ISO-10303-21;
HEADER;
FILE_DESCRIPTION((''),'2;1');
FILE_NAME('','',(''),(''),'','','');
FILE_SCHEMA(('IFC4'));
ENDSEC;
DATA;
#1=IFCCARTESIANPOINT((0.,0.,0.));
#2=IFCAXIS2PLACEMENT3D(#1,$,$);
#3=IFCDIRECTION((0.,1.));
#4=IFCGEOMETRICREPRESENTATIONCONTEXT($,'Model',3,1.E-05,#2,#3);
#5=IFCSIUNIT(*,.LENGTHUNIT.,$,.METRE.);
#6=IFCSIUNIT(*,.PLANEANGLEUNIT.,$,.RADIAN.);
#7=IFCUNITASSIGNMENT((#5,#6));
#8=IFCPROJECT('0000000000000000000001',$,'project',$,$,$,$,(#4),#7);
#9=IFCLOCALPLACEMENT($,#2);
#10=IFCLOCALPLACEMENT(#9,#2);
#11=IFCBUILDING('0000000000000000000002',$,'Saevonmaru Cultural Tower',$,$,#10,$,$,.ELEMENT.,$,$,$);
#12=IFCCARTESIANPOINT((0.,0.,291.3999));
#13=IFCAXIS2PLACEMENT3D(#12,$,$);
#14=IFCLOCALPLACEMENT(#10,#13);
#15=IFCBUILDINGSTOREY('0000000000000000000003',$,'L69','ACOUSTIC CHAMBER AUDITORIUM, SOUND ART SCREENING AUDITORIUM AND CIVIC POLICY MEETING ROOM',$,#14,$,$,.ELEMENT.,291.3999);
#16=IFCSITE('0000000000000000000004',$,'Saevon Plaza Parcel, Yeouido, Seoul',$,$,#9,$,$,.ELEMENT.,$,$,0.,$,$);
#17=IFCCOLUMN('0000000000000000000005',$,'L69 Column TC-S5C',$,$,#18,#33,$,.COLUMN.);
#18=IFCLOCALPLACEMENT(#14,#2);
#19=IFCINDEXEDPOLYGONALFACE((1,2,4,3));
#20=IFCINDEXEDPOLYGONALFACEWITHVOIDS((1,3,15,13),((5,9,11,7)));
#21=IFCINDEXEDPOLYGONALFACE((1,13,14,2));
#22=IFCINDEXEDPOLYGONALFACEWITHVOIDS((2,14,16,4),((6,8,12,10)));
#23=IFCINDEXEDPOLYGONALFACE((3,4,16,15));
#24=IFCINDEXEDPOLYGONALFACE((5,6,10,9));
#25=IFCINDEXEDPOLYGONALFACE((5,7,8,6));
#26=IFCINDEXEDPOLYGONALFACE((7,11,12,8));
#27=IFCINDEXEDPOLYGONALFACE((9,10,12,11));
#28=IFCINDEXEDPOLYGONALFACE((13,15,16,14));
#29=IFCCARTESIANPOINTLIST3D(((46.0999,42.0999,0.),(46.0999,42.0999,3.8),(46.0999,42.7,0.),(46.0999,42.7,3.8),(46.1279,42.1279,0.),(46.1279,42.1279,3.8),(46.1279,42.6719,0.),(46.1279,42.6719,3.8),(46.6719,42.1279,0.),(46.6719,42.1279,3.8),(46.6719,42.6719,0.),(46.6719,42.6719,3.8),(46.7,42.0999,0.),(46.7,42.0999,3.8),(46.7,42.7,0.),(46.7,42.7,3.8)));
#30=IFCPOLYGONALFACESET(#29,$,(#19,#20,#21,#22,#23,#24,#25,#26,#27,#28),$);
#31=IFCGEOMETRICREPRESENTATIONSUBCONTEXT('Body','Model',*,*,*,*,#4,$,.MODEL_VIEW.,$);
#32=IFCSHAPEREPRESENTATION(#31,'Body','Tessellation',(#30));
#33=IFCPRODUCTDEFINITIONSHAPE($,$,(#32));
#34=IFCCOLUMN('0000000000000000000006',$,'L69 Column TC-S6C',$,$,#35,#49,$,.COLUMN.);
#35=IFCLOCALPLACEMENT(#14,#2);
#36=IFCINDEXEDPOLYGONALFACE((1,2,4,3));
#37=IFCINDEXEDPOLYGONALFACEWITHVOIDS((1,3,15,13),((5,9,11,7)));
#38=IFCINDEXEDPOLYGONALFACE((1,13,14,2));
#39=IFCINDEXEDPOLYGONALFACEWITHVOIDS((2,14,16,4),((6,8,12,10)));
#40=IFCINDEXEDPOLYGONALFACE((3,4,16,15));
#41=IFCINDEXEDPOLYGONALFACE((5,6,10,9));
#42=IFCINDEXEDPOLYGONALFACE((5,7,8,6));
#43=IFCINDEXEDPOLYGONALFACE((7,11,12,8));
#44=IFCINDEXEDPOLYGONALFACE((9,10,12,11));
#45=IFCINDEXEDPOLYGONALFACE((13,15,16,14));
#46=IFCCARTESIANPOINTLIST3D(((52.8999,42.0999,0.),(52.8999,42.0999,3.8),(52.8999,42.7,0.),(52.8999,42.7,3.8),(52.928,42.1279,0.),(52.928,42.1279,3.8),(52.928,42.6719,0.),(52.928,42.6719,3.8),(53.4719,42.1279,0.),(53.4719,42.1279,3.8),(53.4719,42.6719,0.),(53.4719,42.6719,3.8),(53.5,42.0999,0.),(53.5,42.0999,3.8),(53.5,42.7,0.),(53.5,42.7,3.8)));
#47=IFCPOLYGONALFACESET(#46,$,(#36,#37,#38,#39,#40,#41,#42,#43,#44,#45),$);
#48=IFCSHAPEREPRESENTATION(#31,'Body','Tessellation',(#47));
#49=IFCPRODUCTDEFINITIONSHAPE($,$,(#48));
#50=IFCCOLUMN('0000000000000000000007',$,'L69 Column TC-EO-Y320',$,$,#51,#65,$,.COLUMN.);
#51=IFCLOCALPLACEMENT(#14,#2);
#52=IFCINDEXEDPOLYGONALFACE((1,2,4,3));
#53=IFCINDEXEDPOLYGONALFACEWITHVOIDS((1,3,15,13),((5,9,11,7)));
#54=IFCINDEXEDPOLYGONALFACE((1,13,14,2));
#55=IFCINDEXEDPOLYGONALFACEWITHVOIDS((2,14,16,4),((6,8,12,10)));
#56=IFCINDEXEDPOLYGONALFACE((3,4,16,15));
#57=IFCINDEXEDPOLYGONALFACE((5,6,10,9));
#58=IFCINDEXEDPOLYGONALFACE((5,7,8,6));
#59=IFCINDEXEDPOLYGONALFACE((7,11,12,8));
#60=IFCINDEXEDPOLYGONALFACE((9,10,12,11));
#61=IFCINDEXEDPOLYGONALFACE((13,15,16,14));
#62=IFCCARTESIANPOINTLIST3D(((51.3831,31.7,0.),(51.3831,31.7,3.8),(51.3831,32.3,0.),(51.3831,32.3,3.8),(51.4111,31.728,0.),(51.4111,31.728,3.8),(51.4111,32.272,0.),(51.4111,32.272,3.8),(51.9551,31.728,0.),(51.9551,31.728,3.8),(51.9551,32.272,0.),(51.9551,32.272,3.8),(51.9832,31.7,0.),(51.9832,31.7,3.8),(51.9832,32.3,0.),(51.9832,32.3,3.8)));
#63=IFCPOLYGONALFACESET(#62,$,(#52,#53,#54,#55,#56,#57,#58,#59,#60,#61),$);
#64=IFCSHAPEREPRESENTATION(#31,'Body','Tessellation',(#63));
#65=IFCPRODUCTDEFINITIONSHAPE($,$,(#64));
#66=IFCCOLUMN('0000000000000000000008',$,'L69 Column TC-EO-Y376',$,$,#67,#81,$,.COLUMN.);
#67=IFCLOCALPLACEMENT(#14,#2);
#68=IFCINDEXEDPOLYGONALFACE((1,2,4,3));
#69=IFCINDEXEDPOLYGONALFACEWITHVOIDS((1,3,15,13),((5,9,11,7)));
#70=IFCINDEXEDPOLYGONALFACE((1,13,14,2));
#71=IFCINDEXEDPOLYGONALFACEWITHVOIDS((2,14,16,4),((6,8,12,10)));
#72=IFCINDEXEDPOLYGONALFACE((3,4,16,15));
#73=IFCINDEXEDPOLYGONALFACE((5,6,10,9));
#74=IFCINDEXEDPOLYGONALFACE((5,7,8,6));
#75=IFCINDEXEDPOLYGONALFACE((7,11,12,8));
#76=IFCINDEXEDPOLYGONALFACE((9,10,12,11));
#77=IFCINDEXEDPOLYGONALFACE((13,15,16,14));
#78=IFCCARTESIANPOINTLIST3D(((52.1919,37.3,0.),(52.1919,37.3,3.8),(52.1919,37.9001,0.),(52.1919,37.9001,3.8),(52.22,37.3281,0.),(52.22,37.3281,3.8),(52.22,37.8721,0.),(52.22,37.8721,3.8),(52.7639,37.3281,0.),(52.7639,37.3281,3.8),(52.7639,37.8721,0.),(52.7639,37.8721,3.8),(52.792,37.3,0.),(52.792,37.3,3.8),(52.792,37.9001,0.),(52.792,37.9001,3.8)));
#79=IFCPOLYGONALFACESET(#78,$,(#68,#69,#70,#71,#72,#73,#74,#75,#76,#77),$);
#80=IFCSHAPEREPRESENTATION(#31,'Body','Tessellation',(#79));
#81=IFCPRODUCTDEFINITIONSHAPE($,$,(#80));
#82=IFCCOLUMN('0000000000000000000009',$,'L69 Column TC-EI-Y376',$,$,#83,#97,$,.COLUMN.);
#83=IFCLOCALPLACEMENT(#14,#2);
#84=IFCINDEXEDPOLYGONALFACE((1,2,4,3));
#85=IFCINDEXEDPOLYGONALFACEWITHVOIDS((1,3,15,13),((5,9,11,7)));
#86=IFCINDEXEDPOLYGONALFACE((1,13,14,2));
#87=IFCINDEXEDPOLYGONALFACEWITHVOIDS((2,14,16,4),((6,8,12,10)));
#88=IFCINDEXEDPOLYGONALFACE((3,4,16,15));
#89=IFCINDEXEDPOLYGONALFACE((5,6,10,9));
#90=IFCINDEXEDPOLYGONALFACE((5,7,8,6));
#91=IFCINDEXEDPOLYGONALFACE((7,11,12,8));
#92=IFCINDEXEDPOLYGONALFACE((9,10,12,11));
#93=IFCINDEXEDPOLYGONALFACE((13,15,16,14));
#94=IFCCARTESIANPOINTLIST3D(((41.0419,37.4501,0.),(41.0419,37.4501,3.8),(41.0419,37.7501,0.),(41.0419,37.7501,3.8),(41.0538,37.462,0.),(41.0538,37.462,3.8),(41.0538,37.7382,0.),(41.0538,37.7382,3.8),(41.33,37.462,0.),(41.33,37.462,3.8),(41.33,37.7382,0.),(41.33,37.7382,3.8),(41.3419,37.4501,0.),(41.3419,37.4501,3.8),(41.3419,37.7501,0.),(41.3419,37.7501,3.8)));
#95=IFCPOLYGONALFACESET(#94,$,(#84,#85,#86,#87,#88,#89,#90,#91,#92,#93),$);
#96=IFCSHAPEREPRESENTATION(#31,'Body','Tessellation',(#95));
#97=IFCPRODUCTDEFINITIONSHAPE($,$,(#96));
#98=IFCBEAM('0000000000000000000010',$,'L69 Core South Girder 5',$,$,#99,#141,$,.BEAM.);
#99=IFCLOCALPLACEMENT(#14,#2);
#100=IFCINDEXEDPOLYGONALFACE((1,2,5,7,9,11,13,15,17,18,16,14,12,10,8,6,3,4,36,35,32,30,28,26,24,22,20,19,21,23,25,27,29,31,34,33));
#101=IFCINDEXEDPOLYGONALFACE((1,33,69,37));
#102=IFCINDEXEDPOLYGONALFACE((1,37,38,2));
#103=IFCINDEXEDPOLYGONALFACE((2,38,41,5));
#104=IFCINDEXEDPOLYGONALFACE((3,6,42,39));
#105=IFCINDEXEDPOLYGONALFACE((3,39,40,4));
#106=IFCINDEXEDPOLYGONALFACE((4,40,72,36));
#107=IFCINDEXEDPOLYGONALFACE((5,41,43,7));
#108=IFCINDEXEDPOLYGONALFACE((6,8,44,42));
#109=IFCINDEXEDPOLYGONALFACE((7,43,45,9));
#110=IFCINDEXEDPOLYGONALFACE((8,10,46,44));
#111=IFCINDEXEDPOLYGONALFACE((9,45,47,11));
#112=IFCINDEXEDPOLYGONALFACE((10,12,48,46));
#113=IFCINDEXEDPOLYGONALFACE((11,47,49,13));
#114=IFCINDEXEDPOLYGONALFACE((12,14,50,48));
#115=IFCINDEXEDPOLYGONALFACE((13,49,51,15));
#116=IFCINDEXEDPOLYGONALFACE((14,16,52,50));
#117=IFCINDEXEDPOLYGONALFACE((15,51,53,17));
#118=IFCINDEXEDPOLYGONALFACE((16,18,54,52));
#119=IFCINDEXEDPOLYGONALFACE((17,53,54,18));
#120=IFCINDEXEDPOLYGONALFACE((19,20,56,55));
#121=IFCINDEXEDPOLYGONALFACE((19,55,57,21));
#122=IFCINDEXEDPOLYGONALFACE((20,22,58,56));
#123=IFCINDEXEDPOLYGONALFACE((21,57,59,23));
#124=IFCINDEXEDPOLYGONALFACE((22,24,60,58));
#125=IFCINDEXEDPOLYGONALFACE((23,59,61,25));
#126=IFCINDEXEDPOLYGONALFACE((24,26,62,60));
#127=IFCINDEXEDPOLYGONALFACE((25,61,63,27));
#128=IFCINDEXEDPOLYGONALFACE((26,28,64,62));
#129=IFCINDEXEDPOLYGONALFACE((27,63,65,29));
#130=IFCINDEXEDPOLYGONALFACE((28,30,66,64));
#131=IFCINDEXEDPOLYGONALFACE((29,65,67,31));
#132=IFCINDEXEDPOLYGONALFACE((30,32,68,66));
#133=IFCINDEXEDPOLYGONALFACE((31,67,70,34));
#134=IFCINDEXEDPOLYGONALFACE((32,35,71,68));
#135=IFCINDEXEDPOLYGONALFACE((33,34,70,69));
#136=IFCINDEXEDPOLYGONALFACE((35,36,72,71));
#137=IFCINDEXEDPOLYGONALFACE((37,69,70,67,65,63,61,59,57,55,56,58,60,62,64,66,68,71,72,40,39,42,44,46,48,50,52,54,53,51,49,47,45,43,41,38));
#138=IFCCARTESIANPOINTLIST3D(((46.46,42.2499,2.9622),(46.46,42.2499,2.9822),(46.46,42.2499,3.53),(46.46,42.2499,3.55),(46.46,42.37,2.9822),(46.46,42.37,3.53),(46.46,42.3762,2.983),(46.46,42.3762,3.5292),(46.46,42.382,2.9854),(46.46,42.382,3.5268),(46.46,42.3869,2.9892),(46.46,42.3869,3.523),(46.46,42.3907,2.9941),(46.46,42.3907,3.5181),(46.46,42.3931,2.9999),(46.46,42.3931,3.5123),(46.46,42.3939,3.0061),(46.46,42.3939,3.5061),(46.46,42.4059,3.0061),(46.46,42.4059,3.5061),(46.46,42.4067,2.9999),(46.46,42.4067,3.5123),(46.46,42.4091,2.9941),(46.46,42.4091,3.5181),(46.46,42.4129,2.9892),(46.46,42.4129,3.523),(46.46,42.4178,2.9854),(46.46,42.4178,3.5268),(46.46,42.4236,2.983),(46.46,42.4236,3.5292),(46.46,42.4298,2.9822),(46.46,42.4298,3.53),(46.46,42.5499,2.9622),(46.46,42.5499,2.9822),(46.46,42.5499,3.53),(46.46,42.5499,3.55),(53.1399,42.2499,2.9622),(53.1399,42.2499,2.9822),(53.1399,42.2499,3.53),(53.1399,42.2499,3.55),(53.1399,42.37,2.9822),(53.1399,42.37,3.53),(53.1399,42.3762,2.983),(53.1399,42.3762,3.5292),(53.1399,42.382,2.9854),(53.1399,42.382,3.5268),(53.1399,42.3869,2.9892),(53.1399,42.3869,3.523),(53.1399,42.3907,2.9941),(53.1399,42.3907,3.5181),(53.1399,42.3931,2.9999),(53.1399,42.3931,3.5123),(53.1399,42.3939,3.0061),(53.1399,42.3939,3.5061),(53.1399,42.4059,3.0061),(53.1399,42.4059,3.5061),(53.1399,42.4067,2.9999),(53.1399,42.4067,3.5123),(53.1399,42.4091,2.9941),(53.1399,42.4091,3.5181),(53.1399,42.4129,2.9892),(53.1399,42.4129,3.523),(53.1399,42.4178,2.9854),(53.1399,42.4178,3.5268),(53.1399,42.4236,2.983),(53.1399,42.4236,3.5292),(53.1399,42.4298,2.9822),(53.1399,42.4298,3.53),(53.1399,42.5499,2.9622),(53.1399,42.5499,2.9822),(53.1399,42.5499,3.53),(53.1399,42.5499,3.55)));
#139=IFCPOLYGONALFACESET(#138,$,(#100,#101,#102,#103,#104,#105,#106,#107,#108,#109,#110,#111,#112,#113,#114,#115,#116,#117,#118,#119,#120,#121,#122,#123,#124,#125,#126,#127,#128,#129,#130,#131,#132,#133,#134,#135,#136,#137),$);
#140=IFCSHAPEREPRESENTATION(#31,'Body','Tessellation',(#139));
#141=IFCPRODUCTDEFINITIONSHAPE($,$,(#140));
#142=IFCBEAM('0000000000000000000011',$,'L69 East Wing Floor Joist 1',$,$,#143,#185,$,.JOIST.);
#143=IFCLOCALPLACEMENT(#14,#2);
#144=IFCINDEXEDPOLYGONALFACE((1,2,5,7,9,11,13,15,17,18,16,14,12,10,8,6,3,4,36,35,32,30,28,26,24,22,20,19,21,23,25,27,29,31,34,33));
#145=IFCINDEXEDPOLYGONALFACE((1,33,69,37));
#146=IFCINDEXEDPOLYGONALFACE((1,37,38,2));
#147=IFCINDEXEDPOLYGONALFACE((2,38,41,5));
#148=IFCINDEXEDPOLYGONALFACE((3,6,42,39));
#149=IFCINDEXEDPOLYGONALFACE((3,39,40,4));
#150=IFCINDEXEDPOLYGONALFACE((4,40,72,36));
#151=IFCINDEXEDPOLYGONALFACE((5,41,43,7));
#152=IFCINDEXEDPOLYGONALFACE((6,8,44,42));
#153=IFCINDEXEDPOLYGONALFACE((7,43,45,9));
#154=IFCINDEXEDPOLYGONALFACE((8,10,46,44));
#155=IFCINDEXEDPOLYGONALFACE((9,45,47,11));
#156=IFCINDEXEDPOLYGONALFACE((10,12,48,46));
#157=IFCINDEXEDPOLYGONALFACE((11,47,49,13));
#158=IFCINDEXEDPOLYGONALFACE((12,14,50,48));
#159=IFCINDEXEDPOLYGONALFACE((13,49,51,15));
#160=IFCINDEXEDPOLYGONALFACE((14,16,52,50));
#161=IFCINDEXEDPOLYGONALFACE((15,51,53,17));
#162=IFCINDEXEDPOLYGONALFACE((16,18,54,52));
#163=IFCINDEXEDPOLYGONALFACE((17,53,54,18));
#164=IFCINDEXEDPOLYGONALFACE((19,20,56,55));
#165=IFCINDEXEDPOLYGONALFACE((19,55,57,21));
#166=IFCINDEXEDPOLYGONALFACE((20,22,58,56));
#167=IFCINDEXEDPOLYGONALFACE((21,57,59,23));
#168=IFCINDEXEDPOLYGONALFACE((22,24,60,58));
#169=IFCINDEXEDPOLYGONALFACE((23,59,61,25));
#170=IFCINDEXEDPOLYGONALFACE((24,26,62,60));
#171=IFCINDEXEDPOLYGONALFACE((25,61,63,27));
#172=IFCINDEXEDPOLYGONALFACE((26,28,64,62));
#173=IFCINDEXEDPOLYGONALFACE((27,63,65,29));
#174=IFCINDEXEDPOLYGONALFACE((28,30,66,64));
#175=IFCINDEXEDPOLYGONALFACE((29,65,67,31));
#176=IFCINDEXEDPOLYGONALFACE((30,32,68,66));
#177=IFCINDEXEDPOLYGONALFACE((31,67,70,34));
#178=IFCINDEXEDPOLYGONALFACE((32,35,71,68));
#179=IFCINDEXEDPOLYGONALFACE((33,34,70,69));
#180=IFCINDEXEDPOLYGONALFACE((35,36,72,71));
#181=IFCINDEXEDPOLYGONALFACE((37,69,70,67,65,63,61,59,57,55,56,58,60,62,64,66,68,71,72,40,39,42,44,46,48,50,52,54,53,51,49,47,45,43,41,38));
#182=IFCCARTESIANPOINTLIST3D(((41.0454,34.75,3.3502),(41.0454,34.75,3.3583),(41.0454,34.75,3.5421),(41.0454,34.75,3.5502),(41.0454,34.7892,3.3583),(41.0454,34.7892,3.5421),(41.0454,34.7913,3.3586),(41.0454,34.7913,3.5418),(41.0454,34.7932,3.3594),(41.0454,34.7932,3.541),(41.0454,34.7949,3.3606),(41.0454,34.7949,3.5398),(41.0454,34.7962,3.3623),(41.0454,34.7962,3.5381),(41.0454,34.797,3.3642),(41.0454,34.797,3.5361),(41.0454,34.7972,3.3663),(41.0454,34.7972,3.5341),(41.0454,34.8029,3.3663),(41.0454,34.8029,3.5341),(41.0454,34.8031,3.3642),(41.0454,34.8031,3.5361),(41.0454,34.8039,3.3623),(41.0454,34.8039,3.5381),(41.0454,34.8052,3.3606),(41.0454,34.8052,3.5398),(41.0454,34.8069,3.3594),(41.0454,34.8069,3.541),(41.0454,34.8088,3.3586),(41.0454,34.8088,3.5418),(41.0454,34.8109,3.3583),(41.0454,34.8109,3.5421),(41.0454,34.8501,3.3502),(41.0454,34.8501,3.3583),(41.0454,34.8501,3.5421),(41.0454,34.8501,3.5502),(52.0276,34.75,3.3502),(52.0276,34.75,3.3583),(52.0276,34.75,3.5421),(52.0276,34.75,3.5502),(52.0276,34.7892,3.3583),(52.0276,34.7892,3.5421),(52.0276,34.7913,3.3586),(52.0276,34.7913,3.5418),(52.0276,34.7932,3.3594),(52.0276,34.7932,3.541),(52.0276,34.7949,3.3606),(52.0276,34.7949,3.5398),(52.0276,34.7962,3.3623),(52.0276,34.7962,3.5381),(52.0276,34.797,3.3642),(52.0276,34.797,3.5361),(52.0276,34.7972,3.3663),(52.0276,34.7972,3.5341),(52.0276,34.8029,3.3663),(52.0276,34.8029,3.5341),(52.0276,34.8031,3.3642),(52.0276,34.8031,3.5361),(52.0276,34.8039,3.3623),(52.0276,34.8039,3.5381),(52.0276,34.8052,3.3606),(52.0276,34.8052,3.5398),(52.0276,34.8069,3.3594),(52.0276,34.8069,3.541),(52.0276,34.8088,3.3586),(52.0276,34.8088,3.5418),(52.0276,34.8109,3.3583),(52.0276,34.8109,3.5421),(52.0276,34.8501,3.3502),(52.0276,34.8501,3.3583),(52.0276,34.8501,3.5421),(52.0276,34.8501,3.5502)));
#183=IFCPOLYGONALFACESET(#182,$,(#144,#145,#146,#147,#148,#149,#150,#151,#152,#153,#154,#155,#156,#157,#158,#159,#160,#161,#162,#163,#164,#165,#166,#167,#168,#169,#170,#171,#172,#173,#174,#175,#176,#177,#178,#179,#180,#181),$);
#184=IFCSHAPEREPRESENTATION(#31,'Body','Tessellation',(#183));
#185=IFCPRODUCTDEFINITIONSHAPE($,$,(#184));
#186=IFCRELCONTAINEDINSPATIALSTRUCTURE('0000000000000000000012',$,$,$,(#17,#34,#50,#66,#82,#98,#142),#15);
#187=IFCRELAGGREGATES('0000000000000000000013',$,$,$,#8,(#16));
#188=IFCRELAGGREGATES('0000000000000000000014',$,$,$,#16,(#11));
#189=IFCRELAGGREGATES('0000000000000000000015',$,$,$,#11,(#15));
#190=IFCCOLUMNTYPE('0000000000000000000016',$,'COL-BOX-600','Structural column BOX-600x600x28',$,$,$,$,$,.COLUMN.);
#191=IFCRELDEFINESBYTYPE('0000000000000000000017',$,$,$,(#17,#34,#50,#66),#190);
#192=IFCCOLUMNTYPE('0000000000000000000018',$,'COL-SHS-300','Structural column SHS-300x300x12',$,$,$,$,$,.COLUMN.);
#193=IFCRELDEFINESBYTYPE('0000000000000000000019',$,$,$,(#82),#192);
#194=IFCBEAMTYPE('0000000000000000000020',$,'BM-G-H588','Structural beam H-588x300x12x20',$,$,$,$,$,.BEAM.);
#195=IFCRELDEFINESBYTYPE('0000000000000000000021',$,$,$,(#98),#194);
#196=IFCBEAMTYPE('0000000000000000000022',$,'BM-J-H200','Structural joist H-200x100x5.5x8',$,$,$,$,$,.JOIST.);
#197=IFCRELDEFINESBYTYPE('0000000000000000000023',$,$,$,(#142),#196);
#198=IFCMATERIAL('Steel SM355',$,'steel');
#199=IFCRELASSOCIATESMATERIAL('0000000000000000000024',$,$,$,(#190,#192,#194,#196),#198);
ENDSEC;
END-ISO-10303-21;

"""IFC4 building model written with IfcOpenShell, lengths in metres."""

from ifc_helpers import new_model, si_unit, direction, frame, origin, origin_2d, place, context, subcontext, project, spatial, hollow_rectangle, i_section, extrude, material, material_profile, profile_set, type_object, element, save


model = new_model("IFC4")

# Units and contexts
model_context = context("Model", 3, precision=1e-05, world=origin(), true_north=direction((0.0, 1.0)))
body_context = subcontext(model_context, "Body", "Model", "MODEL_VIEW")
ifc_project = project(units=[si_unit("LENGTHUNIT", "METRE"), si_unit("PLANEANGLEUNIT", "RADIAN")], contexts=[model_context])

# Site, building, storey
site_placement = place(None, origin())
site = spatial("IfcSite", under=ifc_project, at=site_placement, Name="Saevon Plaza Parcel, Yeouido, Seoul", CompositionType="ELEMENT", RefElevation=0.0)
building_placement = place(site_placement, origin())
building = spatial("IfcBuilding", under=site, at=building_placement, Name="Saevonmaru Cultural Tower", CompositionType="ELEMENT")
storey_placement = place(building_placement, frame((0.0, 0.0, 291.3999)))
storey = spatial("IfcBuildingStorey", under=building, at=storey_placement, Name="L69", Description="ACOUSTIC CHAMBER AUDITORIUM, SOUND ART SCREENING AUDITORIUM AND CIVIC POLICY MEETING ROOM", CompositionType="ELEMENT", Elevation=291.3999)

# Columns
ifc_material_1 = material(Name="Steel SM355", Category="steel")
ifc_material_profile_1 = material_profile(ifc_material_1, hollow_rectangle(XDim=0.6001, YDim=0.6001, WallThickness=0.0281, at=origin_2d()), Name="BOX-600x600x28")
ifc_profile_set_1 = profile_set([ifc_material_profile_1], Name="Steel SM355")
column_type_1 = type_object("IfcColumnType", Name="COL-BOX-600", Description="Structural column BOX-600x600x28", PredefinedType="COLUMN", material=ifc_profile_set_1)
for number, where, z_axis, x_axis, name in (
    (1, (46.3999, 42.3999, 0.0), (0.0, 0.0, 1.0), (1.0, 0.0, 0.0), "L69 Column TC-S5C"),
    (2, (53.2, 42.3999, 0.0), (0.0, 0.0, 1.0), (1.0, 0.0, 0.0), "L69 Column TC-S6C"),
    (3, (51.6831, 32.0, 0.0), (0.0, 0.0, 1.0), (1.0, 0.0, 0.0), "L69 Column TC-EO-Y320"),
    (4, (52.4919, 37.6001, 0.0), (0.0, 0.0, 1.0), (1.0, 0.0, 0.0), "L69 Column TC-EO-Y376"),
):
    element("IfcColumn", number, at=place(storey_placement, frame(where, z_axis=z_axis, x_axis=x_axis)), inside=storey, type_object=column_type_1, Name=name, PredefinedType="COLUMN", context=body_context, shape_type="SweptSolid", body=[
        extrude(hollow_rectangle(XDim=0.6001, YDim=0.6001, WallThickness=0.0281, at=origin_2d()), origin(), (0.0, 0.0, 1.0), 3.8),
    ])
ifc_material_profile_2 = material_profile(ifc_material_1, hollow_rectangle(XDim=0.3, YDim=0.3, WallThickness=0.012, at=origin_2d()), Name="SHS-300x300x12")
ifc_profile_set_2 = profile_set([ifc_material_profile_2], Name="Steel SM355")
column_type_2 = type_object("IfcColumnType", Name="COL-SHS-300", Description="Structural column SHS-300x300x12", PredefinedType="COLUMN", material=ifc_profile_set_2)
column_placement = place(storey_placement, frame((41.1919, 37.6001, 0.0), z_axis=(0.0, 0.0, 1.0), x_axis=(1.0, 0.0, 0.0)))
element("IfcColumn", 5, at=column_placement, inside=storey, type_object=column_type_2, Name="L69 Column TC-EI-Y376", PredefinedType="COLUMN", context=body_context, shape_type="SweptSolid", body=[
    extrude(hollow_rectangle(XDim=0.3, YDim=0.3, WallThickness=0.012, at=origin_2d()), origin(), (0.0, 0.0, 1.0), 3.8),
])

# Beams
ifc_material_profile_3 = material_profile(ifc_material_1, i_section(OverallWidth=0.3, OverallDepth=0.5879, WebThickness=0.012, FlangeThickness=0.02, FilletRadius=0.0239, at=origin_2d()), Name="H-588x300x12x20")
ifc_profile_set_3 = profile_set([ifc_material_profile_3], Name="Steel SM355")
beam_type_1 = type_object("IfcBeamType", Name="BM-G-H588", Description="Structural beam H-588x300x12x20", PredefinedType="BEAM", material=ifc_profile_set_3)
beam_1_placement = place(storey_placement, frame((46.46, 42.3999, 3.2561), z_axis=(1.0, 0.0, 0.0), x_axis=(0.0, 1.0, 0.0)))
element("IfcBeam", 6, at=beam_1_placement, inside=storey, type_object=beam_type_1, Name="L69 Core South Girder 5", PredefinedType="BEAM", context=body_context, shape_type="SweptSolid", body=[
    extrude(i_section(OverallWidth=0.3, OverallDepth=0.5879, WebThickness=0.012, FlangeThickness=0.02, FilletRadius=0.0239, at=origin_2d()), origin(), (0.0, 0.0, 1.0), 6.6799),
])
ifc_material_profile_4 = material_profile(ifc_material_1, i_section(OverallWidth=0.1001, OverallDepth=0.2, WebThickness=0.0056, FlangeThickness=0.0081, FilletRadius=0.0081, at=origin_2d()), Name="H-200x100x5.5x8")
ifc_profile_set_4 = profile_set([ifc_material_profile_4], Name="Steel SM355")
beam_type_2 = type_object("IfcBeamType", Name="BM-J-H200", Description="Structural joist H-200x100x5.5x8", PredefinedType="JOIST", material=ifc_profile_set_4)
beam_2_placement = place(storey_placement, frame((41.0454, 34.8, 3.4502), z_axis=(1.0, 0.0, 0.0), x_axis=(0.0, 1.0, 0.0)))
element("IfcBeam", 7, at=beam_2_placement, inside=storey, type_object=beam_type_2, Name="L69 East Wing Floor Joist 1", PredefinedType="JOIST", context=body_context, shape_type="SweptSolid", body=[
    extrude(i_section(OverallWidth=0.1001, OverallDepth=0.2, WebThickness=0.0056, FlangeThickness=0.0081, FilletRadius=0.0081, at=origin_2d()), origin(), (0.0, 0.0, 1.0), 10.9822),
])

save(model, "model.ifc")
